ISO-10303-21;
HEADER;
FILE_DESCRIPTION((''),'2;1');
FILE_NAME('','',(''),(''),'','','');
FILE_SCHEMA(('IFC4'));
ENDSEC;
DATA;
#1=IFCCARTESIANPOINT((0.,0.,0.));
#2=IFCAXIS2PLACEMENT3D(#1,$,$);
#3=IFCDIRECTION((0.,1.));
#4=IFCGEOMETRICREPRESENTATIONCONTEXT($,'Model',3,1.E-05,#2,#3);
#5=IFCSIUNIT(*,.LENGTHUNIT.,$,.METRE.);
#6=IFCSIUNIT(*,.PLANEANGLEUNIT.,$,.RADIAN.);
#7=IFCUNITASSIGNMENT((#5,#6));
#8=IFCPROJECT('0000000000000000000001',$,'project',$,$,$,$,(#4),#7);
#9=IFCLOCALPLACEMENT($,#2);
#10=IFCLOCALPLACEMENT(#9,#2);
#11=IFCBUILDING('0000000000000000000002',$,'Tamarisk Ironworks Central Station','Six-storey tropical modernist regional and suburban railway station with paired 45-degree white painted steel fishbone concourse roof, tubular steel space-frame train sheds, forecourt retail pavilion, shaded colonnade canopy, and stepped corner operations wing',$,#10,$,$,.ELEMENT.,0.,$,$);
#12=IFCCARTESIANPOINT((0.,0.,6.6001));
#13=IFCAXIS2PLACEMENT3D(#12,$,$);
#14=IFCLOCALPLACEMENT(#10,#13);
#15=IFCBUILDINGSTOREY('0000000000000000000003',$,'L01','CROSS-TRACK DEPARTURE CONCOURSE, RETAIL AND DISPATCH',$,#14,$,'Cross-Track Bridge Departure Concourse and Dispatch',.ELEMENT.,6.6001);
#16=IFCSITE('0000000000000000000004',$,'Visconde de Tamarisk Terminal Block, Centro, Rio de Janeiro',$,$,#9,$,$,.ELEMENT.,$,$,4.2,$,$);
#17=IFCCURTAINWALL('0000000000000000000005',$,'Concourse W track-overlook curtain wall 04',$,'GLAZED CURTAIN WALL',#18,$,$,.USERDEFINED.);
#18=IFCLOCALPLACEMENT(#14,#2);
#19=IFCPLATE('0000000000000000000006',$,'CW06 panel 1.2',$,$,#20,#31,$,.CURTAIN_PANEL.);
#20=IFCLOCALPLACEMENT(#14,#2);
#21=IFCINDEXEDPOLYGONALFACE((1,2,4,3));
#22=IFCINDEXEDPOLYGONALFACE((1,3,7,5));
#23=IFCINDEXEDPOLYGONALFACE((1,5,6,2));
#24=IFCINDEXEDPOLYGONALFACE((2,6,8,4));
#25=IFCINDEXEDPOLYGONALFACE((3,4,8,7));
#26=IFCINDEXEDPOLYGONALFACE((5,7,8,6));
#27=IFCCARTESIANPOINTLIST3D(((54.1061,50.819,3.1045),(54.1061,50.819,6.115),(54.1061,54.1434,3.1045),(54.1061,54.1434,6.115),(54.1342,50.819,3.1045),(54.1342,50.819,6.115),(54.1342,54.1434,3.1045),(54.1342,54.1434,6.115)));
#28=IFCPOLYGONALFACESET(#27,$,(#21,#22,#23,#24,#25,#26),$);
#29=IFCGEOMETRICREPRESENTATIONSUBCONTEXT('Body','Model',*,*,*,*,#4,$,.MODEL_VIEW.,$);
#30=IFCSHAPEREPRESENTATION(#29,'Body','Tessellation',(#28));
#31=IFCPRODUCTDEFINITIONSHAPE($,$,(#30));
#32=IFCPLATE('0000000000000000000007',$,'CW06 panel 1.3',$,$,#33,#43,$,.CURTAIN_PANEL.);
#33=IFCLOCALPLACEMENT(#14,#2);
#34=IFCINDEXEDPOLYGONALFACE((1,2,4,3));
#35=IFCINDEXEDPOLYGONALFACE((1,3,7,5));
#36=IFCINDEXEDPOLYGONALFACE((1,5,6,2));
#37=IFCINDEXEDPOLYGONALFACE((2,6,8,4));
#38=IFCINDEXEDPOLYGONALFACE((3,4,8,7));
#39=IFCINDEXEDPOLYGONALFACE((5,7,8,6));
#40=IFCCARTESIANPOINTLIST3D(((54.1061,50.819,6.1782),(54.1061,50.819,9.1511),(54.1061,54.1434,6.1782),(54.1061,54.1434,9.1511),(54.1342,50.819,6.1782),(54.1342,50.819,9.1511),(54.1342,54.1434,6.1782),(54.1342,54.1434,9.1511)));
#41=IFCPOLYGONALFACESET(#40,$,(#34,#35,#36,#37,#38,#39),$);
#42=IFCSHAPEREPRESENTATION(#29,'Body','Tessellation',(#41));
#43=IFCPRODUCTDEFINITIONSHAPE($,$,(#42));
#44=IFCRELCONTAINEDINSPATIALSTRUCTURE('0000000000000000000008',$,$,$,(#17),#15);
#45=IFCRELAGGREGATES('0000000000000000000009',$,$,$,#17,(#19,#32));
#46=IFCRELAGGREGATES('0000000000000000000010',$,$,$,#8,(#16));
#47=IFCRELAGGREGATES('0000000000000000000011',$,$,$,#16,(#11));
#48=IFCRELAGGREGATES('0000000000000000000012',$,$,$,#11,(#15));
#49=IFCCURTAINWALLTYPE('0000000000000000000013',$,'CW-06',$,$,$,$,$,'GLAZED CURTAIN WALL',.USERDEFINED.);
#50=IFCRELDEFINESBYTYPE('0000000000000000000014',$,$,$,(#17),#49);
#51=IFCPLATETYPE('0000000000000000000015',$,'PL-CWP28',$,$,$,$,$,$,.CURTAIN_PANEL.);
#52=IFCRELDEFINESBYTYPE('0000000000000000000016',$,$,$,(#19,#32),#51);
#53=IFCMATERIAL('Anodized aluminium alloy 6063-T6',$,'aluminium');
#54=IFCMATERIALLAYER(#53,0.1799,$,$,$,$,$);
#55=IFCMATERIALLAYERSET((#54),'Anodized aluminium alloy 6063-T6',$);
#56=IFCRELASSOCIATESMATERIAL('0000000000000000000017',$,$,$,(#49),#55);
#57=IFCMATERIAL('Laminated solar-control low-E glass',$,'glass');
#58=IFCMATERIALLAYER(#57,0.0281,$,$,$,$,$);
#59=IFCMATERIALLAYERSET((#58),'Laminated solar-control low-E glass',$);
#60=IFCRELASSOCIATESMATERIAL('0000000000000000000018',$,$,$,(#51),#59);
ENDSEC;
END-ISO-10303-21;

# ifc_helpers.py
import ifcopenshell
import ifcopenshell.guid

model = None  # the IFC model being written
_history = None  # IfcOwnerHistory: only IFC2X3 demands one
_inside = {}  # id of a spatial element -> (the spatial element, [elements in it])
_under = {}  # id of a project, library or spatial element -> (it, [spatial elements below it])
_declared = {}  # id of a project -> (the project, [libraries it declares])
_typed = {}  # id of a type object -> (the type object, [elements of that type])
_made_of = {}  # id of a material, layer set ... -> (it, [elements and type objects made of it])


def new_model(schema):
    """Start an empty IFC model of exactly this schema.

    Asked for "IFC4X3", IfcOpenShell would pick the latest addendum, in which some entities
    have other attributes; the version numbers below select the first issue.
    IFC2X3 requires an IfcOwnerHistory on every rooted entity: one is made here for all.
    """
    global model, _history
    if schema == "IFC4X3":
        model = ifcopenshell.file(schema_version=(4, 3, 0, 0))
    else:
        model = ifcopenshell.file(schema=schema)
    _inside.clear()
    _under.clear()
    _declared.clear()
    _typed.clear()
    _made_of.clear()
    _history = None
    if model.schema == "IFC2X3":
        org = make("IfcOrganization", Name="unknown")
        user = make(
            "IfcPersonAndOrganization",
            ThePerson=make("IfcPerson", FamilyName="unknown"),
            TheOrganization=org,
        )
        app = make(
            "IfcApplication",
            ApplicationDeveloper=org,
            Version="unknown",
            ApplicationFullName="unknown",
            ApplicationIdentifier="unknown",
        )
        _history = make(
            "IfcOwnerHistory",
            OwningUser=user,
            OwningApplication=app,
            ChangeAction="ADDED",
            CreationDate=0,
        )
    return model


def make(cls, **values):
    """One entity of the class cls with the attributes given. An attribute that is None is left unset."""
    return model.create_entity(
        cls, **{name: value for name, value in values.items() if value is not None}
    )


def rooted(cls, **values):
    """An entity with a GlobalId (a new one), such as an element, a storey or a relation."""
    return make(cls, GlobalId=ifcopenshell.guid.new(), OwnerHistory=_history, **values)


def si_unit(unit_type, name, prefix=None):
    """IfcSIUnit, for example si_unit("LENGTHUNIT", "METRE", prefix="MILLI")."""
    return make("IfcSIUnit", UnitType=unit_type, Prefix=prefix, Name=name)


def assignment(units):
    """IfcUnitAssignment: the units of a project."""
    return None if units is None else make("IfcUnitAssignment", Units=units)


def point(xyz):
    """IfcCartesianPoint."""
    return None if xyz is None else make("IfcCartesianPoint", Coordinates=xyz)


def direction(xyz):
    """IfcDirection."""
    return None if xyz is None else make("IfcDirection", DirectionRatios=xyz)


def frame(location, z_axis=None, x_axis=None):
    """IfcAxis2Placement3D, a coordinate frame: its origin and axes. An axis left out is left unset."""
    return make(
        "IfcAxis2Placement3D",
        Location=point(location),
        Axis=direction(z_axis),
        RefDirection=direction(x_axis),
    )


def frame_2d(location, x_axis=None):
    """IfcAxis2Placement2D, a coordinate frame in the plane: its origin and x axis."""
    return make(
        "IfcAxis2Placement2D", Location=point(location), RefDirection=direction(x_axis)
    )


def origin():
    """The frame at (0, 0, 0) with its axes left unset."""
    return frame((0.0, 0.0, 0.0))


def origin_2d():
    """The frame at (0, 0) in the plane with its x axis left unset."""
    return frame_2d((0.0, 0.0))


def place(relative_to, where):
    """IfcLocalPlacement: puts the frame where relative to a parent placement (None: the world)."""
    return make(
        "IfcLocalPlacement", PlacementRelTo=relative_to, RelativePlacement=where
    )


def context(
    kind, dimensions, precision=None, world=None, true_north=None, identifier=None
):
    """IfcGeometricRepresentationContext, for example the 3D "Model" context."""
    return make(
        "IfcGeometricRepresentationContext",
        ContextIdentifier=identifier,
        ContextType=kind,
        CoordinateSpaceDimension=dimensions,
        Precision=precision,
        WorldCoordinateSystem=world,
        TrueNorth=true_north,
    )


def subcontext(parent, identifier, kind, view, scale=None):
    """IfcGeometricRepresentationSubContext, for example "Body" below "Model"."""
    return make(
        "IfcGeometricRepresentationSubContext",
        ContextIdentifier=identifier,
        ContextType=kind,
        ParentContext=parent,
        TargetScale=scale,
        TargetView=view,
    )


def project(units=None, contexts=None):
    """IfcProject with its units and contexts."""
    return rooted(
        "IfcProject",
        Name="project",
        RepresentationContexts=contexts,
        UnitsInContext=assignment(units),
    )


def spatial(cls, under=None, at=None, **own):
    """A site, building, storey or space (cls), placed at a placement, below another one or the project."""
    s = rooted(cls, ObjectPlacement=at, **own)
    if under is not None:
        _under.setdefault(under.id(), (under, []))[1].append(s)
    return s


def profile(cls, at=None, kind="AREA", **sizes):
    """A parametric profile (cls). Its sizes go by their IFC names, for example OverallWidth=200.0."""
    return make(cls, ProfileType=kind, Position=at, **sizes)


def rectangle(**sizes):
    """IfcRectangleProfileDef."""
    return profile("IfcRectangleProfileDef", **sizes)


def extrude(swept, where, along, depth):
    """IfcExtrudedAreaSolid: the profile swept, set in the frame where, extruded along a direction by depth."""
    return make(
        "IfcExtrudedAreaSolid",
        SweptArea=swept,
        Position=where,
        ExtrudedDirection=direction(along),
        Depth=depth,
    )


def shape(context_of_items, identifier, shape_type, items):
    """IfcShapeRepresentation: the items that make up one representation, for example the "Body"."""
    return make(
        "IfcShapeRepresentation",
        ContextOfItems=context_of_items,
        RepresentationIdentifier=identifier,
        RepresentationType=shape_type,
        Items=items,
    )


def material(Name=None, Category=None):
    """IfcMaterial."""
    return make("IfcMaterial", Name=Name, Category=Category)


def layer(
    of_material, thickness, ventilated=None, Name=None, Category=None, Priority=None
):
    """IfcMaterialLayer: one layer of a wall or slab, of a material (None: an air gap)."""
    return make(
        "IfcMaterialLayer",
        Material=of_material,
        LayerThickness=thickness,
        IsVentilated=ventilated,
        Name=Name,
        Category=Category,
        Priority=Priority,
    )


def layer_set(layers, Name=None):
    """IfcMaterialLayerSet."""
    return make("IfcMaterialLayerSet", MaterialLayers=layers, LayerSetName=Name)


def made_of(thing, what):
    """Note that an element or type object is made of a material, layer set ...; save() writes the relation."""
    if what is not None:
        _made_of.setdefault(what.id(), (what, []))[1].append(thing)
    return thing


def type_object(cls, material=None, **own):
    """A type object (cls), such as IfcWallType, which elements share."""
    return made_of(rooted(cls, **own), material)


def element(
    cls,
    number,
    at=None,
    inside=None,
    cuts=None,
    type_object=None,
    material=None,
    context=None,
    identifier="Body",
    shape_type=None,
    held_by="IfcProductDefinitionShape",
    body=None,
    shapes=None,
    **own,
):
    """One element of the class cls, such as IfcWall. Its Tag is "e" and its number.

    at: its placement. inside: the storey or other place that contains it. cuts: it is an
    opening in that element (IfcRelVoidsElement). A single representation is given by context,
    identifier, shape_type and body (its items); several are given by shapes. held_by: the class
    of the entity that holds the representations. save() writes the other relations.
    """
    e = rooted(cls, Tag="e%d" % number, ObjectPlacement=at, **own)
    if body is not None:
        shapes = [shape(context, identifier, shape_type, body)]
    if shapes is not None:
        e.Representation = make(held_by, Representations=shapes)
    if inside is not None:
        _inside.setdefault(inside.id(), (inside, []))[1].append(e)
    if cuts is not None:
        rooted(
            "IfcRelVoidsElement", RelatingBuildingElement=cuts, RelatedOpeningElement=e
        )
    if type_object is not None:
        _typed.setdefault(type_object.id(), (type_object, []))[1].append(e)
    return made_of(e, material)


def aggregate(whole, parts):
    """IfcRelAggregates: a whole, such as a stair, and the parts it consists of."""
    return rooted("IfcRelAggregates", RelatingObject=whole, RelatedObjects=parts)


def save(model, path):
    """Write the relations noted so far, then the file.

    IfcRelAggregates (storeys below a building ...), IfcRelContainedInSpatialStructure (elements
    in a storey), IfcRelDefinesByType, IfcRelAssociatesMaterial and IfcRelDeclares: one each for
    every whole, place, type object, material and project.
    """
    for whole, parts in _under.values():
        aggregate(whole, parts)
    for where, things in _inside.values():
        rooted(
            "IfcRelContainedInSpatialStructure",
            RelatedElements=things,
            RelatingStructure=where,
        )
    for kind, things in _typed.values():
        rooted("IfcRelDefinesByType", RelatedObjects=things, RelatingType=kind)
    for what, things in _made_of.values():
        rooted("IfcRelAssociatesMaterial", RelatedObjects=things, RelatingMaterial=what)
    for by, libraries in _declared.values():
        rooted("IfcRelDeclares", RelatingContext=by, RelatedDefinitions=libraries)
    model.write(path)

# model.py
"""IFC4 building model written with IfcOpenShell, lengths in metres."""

from ifc_helpers import new_model, si_unit, direction, frame, origin, origin_2d, place, context, subcontext, project, spatial, rectangle, extrude, material, layer, layer_set, type_object, element, aggregate, save


model = new_model("IFC4")

# Units and contexts
model_context = context("Model", 3, precision=1e-05, world=origin(), true_north=direction((0.0, 1.0)))
body_context = subcontext(model_context, "Body", "Model", "MODEL_VIEW")
ifc_project = project(units=[si_unit("LENGTHUNIT", "METRE"), si_unit("PLANEANGLEUNIT", "RADIAN")], contexts=[model_context])

# Site, building, storey
site_placement = place(None, origin())
site = spatial("IfcSite", under=ifc_project, at=site_placement, Name="Visconde de Tamarisk Terminal Block, Centro, Rio de Janeiro", CompositionType="ELEMENT", RefElevation=4.2)
building_placement = place(site_placement, origin())
building = spatial("IfcBuilding", under=site, at=building_placement, Name="Tamarisk Ironworks Central Station", Description="Six-storey tropical modernist regional and suburban railway station with paired 45-degree white painted steel fishbone concourse roof, tubular steel space-frame train sheds, forecourt retail pavilion, shaded colonnade canopy, and stepped corner operations wing", CompositionType="ELEMENT", ElevationOfRefHeight=0.0)
storey_placement = place(building_placement, frame((0.0, 0.0, 6.6001)))
storey = spatial("IfcBuildingStorey", under=building, at=storey_placement, Name="L01", Description="CROSS-TRACK DEPARTURE CONCOURSE, RETAIL AND DISPATCH", LongName="Cross-Track Bridge Departure Concourse and Dispatch", CompositionType="ELEMENT", Elevation=6.6001)

# Curtain wall
ifc_material_1 = material(Name="Anodized aluminium alloy 6063-T6", Category="aluminium")
ifc_layer_1 = layer(ifc_material_1, 0.1799)
ifc_layer_set_1 = layer_set([ifc_layer_1], Name="Anodized aluminium alloy 6063-T6")
curtain_wall_type = type_object("IfcCurtainWallType", Name="CW-06", ElementType="GLAZED CURTAIN WALL", PredefinedType="USERDEFINED", material=ifc_layer_set_1)
curtain_wall_1_placement = place(storey_placement, origin())
curtain_wall_1 = element("IfcCurtainWall", 1, at=curtain_wall_1_placement, inside=storey, type_object=curtain_wall_type, Name="Concourse W track-overlook curtain wall 04", ObjectType="GLAZED CURTAIN WALL", PredefinedType="USERDEFINED")

# Plates
ifc_material_2 = material(Name="Laminated solar-control low-E glass", Category="glass")
ifc_layer_2 = layer(ifc_material_2, 0.0281)
ifc_layer_set_2 = layer_set([ifc_layer_2], Name="Laminated solar-control low-E glass")
plate_type = type_object("IfcPlateType", Name="PL-CWP28", PredefinedType="CURTAIN_PANEL", material=ifc_layer_set_2)
plate_1_placement = place(storey_placement, frame((54.1201, 52.4812, 3.1045), z_axis=(0.0, 0.0, 1.0), x_axis=(0.0, 1.0, 0.0)))
plate_1 = element("IfcPlate", 2, at=plate_1_placement, type_object=plate_type, Name="CW06 panel 1.2", PredefinedType="CURTAIN_PANEL", context=body_context, shape_type="SweptSolid", body=[
    extrude(rectangle(XDim=3.3245, YDim=0.0281, at=origin_2d()), origin(), (0.0, 0.0, 1.0), 3.0105),
])
plate_2_placement = place(storey_placement, frame((54.1201, 52.4812, 6.1782), z_axis=(0.0, 0.0, 1.0), x_axis=(0.0, 1.0, 0.0)))
plate_2 = element("IfcPlate", 3, at=plate_2_placement, type_object=plate_type, Name="CW06 panel 1.3", PredefinedType="CURTAIN_PANEL", context=body_context, shape_type="SweptSolid", body=[
    extrude(rectangle(XDim=3.3245, YDim=0.0281, at=origin_2d()), origin(), (0.0, 0.0, 1.0), 2.9729),
])
aggregate(curtain_wall_1, [plate_1, plate_2])

save(model, "model.ifc")
